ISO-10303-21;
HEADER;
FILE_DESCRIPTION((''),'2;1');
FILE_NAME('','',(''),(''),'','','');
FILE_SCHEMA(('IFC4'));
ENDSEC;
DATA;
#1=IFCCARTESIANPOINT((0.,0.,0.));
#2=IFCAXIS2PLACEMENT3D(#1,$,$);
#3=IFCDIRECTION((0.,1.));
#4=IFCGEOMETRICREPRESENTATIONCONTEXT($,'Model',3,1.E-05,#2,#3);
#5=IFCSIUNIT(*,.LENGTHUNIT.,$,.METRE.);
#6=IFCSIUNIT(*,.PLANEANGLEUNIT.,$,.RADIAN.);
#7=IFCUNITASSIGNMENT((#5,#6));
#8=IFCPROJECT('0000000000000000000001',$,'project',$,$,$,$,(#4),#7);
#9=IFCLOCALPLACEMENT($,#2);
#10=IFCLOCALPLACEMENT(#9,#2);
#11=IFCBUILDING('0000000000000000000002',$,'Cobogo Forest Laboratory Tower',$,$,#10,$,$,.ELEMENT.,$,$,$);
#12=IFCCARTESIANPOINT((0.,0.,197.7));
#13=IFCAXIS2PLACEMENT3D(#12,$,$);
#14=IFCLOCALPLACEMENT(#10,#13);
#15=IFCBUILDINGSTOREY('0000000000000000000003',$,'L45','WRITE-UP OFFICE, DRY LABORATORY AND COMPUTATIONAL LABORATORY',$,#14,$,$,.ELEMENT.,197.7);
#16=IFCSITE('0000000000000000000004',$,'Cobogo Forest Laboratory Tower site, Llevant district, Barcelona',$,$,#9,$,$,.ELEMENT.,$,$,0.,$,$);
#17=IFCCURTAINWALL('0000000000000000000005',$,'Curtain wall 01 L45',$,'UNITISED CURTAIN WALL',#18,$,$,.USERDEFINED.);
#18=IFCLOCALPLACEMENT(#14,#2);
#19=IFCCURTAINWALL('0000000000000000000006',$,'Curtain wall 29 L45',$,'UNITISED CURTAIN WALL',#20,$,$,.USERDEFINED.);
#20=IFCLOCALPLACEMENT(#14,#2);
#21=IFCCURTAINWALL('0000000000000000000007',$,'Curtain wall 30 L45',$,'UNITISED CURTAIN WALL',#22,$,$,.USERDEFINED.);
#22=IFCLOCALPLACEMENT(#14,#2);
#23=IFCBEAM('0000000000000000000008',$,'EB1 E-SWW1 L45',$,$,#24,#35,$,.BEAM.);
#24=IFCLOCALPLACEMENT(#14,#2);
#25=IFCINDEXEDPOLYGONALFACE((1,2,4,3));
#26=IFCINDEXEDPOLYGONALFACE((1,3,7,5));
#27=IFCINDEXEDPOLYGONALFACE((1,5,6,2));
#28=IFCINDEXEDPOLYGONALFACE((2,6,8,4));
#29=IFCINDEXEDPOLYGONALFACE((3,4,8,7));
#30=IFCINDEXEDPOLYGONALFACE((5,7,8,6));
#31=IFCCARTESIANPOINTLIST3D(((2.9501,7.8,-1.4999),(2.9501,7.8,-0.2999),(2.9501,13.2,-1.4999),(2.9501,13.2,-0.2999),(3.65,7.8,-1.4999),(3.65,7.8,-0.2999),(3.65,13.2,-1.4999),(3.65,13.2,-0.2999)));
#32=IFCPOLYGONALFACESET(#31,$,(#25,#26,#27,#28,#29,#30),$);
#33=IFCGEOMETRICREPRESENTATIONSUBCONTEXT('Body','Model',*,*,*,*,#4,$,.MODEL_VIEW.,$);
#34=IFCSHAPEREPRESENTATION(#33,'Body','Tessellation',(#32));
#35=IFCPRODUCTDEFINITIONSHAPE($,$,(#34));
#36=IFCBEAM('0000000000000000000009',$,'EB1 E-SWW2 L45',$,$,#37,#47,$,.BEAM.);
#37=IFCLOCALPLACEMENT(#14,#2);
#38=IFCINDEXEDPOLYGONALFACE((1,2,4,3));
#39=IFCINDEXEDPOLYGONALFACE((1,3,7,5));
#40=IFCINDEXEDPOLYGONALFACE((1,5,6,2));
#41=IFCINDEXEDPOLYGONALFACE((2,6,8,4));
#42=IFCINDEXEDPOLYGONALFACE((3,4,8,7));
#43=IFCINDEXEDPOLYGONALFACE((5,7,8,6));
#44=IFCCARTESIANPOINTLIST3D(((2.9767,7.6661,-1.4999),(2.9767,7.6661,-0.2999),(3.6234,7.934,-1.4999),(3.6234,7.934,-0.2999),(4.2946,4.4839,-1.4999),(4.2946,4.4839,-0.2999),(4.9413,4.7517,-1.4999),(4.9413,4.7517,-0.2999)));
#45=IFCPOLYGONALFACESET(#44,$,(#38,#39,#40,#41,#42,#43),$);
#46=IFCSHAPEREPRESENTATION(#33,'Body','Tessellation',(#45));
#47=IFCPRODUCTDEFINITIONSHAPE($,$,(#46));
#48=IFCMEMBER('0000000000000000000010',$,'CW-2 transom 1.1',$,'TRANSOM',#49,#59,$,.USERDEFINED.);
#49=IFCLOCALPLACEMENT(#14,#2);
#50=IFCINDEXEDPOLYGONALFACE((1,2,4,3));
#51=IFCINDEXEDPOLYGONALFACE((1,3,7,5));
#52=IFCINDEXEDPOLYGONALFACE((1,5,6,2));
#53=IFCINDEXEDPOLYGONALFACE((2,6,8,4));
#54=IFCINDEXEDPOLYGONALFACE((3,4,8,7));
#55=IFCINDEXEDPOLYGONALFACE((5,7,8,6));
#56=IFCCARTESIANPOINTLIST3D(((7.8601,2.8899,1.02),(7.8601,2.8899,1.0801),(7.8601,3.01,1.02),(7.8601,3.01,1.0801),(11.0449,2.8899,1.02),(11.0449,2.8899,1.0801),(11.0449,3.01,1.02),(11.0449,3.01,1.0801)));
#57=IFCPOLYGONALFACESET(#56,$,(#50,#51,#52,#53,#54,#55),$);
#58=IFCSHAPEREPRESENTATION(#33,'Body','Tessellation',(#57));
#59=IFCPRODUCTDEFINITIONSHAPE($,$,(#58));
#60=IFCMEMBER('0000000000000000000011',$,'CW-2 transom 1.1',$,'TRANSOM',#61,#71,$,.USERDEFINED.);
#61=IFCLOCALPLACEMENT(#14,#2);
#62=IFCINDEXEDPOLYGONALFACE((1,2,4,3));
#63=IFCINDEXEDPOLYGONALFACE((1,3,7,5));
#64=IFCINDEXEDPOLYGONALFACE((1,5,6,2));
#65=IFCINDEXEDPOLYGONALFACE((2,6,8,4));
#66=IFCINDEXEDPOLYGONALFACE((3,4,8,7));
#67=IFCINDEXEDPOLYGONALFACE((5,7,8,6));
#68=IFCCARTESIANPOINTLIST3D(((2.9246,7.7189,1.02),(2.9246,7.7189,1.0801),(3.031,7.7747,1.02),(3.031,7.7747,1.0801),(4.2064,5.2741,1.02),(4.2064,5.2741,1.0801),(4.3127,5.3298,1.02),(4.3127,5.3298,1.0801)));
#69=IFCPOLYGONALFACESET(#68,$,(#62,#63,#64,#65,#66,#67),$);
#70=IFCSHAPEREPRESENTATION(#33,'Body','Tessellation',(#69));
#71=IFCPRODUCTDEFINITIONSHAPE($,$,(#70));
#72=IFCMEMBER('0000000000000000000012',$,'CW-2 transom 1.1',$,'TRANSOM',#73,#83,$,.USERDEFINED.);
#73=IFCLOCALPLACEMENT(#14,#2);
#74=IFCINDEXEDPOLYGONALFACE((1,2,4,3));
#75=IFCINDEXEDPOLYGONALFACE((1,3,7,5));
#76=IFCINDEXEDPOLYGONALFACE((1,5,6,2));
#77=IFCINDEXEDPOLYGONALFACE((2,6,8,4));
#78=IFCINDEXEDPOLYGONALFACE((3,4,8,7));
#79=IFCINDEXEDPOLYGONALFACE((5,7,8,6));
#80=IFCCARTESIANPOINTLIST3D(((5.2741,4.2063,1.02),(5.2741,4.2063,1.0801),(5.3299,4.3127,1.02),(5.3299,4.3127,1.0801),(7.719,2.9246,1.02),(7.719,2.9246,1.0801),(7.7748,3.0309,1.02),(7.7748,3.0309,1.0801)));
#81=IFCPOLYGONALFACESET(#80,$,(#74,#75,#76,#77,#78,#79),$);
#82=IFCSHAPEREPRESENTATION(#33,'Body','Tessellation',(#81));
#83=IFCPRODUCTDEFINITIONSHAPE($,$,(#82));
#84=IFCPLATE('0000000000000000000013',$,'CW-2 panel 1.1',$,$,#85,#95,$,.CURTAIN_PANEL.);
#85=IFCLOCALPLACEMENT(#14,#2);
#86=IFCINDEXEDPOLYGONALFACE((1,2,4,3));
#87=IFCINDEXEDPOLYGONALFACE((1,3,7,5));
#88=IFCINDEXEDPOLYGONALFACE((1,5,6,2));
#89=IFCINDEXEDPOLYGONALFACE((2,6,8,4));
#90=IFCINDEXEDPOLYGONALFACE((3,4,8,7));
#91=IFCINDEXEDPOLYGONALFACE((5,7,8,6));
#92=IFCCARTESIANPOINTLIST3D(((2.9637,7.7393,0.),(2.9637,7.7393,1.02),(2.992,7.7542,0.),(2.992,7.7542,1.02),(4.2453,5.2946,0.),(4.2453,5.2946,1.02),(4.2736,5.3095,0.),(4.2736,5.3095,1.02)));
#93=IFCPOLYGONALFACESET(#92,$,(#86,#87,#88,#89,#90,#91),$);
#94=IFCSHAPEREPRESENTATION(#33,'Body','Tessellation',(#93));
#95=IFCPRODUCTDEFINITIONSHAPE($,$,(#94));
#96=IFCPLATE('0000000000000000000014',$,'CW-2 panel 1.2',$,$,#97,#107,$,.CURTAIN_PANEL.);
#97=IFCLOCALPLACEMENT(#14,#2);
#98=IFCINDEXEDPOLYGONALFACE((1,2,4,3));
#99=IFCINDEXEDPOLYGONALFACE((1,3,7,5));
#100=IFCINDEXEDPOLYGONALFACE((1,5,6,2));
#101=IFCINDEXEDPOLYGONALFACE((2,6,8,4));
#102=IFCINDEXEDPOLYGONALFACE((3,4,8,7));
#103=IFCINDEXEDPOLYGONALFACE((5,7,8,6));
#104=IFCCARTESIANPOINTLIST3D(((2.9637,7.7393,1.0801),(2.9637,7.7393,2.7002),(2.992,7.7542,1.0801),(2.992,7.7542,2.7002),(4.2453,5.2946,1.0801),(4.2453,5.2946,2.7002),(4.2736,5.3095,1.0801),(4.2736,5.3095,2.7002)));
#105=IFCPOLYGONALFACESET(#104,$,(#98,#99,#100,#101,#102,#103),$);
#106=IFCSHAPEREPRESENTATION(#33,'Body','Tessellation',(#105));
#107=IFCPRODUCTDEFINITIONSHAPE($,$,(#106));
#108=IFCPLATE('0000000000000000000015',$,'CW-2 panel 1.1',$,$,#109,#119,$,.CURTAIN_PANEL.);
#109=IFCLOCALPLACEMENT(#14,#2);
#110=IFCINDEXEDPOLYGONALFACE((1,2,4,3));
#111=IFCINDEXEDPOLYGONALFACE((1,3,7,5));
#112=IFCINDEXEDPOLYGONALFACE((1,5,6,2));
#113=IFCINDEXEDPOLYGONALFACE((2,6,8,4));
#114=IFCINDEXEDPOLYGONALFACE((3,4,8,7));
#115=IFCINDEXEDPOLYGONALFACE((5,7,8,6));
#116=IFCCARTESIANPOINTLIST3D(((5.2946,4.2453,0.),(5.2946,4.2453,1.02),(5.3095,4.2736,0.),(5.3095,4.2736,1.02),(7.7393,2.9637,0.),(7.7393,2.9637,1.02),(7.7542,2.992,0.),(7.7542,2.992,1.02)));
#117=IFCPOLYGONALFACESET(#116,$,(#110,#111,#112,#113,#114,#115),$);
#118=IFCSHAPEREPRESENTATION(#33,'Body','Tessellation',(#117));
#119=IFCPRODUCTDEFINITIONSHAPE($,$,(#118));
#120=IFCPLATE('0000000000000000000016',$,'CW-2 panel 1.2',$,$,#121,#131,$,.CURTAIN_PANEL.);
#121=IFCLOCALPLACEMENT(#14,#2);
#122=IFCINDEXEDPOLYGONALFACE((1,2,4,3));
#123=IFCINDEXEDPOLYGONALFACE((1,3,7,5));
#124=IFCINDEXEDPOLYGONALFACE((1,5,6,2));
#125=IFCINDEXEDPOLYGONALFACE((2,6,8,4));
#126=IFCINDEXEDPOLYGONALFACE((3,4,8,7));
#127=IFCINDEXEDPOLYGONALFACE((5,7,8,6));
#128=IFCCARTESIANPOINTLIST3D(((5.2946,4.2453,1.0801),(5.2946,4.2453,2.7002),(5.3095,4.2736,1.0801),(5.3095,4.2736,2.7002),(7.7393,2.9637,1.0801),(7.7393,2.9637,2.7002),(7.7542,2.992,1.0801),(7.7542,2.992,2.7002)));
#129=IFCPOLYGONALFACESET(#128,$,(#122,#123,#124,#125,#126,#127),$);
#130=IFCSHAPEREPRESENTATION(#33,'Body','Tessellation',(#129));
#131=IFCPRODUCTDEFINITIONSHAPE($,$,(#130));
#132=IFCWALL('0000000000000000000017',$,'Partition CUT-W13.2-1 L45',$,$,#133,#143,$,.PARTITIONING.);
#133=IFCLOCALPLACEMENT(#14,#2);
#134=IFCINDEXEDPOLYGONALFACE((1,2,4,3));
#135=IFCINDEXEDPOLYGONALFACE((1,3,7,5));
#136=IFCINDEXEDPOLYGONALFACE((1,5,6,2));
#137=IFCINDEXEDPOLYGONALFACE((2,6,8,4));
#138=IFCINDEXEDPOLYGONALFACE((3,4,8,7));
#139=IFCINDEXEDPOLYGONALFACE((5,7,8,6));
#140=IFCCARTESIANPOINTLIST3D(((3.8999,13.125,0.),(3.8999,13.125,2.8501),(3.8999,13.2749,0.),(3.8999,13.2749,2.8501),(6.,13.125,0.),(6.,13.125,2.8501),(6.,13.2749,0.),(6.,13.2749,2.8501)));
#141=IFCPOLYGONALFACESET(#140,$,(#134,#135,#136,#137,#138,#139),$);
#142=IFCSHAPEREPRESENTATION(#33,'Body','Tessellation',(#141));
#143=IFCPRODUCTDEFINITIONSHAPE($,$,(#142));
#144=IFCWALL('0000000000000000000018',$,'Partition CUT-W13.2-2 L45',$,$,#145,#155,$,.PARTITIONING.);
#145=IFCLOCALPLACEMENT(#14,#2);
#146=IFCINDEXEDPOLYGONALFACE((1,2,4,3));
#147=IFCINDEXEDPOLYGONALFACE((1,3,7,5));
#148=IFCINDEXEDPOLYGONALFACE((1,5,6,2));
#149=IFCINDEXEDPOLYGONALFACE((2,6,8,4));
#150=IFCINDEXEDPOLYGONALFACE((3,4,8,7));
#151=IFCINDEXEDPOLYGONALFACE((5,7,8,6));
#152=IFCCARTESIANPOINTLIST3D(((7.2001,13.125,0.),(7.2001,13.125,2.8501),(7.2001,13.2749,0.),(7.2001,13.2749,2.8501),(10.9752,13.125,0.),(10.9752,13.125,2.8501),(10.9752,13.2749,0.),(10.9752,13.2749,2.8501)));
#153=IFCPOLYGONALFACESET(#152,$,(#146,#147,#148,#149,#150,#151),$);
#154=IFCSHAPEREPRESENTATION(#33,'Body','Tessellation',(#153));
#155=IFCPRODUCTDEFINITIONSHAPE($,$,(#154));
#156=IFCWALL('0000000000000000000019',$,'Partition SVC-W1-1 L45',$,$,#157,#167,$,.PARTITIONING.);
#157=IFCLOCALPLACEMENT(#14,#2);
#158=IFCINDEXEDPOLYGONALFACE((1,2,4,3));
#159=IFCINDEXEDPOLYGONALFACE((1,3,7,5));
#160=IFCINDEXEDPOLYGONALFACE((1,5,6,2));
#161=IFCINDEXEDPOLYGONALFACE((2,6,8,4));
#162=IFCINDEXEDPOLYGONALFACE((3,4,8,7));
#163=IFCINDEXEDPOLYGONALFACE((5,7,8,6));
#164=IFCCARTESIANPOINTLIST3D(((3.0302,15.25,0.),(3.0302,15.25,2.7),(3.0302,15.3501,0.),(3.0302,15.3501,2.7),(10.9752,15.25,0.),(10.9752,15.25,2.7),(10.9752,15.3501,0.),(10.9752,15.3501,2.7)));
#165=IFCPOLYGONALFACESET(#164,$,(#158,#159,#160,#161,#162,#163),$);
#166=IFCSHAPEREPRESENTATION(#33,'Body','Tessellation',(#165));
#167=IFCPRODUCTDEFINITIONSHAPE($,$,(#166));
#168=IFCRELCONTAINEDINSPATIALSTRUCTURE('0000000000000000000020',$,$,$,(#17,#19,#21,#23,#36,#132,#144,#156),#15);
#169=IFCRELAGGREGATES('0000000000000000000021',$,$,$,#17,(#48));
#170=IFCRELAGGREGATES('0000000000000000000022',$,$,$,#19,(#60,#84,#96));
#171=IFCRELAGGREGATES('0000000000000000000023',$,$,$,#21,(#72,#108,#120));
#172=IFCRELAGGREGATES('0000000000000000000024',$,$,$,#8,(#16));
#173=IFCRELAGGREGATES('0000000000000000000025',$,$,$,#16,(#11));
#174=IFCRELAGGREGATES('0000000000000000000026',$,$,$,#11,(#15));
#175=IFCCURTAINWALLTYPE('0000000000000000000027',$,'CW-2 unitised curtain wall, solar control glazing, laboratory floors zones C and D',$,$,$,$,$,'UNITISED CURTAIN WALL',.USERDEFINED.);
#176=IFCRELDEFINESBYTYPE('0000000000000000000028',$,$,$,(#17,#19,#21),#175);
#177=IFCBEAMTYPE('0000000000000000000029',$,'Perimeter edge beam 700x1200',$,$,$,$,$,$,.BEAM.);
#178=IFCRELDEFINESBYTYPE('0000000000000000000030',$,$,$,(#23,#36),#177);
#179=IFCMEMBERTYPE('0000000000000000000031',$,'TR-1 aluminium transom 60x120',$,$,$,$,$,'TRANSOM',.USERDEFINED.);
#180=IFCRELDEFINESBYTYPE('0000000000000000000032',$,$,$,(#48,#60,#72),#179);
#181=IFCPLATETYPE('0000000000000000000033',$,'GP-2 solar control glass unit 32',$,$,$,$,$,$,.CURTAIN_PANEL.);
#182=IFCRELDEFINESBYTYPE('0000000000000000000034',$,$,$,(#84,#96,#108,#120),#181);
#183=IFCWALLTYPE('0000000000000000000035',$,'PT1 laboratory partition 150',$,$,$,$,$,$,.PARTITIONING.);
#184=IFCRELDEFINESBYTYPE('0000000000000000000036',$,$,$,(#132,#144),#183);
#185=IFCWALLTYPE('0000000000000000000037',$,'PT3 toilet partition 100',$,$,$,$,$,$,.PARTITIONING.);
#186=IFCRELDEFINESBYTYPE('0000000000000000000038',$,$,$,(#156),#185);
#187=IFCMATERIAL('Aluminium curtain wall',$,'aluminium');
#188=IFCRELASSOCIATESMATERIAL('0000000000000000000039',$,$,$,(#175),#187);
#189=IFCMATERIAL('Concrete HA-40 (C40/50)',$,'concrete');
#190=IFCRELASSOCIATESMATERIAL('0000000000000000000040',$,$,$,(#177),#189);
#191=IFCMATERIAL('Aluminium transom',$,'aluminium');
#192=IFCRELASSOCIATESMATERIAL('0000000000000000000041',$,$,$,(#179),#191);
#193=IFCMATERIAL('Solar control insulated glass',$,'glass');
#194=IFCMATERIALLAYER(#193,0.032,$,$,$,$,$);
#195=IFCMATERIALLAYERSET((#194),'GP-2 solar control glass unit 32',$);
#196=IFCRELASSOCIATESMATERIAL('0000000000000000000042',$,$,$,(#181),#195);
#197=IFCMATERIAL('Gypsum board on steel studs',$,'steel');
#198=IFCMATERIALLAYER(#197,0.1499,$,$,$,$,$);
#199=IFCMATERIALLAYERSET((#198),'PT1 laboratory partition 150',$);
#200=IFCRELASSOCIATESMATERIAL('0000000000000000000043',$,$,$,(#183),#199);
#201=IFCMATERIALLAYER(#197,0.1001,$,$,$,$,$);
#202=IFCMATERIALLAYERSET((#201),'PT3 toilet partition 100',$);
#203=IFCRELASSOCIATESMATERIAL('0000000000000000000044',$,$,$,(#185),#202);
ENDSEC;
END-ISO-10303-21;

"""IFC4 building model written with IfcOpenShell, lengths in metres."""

from ifc_helpers import new_model, si_unit, direction, frame, frame_2d, origin, origin_2d, place, context, subcontext, project, spatial, rectangle, extrude, material, layer, layer_set, material_profile, profile_set, type_object, element, aggregate, save


model = new_model("IFC4")

# Units and contexts
model_context = context("Model", 3, precision=1e-05, world=origin(), true_north=direction((0.0, 1.0)))
body_context = subcontext(model_context, "Body", "Model", "MODEL_VIEW")
ifc_project = project(units=[si_unit("LENGTHUNIT", "METRE"), si_unit("PLANEANGLEUNIT", "RADIAN")], contexts=[model_context])

# Site, building, storey
site_placement = place(None, origin())
site = spatial("IfcSite", under=ifc_project, at=site_placement, Name="Cobogo Forest Laboratory Tower site, Llevant district, Barcelona", CompositionType="ELEMENT", RefElevation=0.0)
building_placement = place(site_placement, origin())
building = spatial("IfcBuilding", under=site, at=building_placement, Name="Cobogo Forest Laboratory Tower", CompositionType="ELEMENT")
storey_placement = place(building_placement, frame((0.0, 0.0, 197.7)))
storey = spatial("IfcBuildingStorey", under=building, at=storey_placement, Name="L45", Description="WRITE-UP OFFICE, DRY LABORATORY AND COMPUTATIONAL LABORATORY", CompositionType="ELEMENT", Elevation=197.7)

# Shared definitions
ifc_material_1 = material(Name="Concrete HA-40 (C40/50)", Category="concrete")

# Curtain wall
ifc_material_2 = material(Name="Aluminium curtain wall", Category="aluminium")
curtain_wall_type = type_object("IfcCurtainWallType", Name="CW-2 unitised curtain wall, solar control glazing, laboratory floors zones C and D", ElementType="UNITISED CURTAIN WALL", PredefinedType="USERDEFINED", material=ifc_material_2)
curtain_wall_1_placement = place(storey_placement, origin())
curtain_wall_1 = element("IfcCurtainWall", 1, at=curtain_wall_1_placement, inside=storey, type_object=curtain_wall_type, Name="Curtain wall 01 L45", ObjectType="UNITISED CURTAIN WALL", PredefinedType="USERDEFINED")

# Curtain walls
curtain_wall_2_placement = place(storey_placement, origin())
curtain_wall_2 = element("IfcCurtainWall", 2, at=curtain_wall_2_placement, inside=storey, type_object=curtain_wall_type, Name="Curtain wall 29 L45", ObjectType="UNITISED CURTAIN WALL", PredefinedType="USERDEFINED")
curtain_wall_3_placement = place(storey_placement, origin())
curtain_wall_3 = element("IfcCurtainWall", 3, at=curtain_wall_3_placement, inside=storey, type_object=curtain_wall_type, Name="Curtain wall 30 L45", ObjectType="UNITISED CURTAIN WALL", PredefinedType="USERDEFINED")

# Beams
ifc_material_profile_1 = material_profile(ifc_material_1, rectangle(XDim=0.7, YDim=1.2, at=origin_2d()), Name="RC 700x1200")
ifc_profile_set_1 = profile_set([ifc_material_profile_1], Name="Concrete HA-40 (C40/50)")
beam_type_1 = type_object("IfcBeamType", Name="Perimeter edge beam 700x1200", PredefinedType="BEAM", material=ifc_profile_set_1)
beam_1_placement = place(storey_placement, frame((3.3, 13.2, -0.8999), z_axis=(0.0, -1.0, 0.0), x_axis=(1.0, 0.0, 0.0)))
element("IfcBeam", 4, at=beam_1_placement, inside=storey, type_object=beam_type_1, Name="EB1 E-SWW1 L45", PredefinedType="BEAM", context=body_context, shape_type="SweptSolid", body=[
    extrude(rectangle(XDim=0.7, YDim=1.2, at=origin_2d()), origin(), (0.0, 0.0, 1.0), 5.3999),
])
beam_2_placement = place(storey_placement, frame((3.3, 7.8, -0.8999), z_axis=(0.382631, -0.923901, 0.0), x_axis=(0.923901, 0.382631, 0.0)))
element("IfcBeam", 5, at=beam_2_placement, inside=storey, type_object=beam_type_1, Name="EB1 E-SWW2 L45", PredefinedType="BEAM", context=body_context, shape_type="SweptSolid", body=[
    extrude(rectangle(XDim=0.7, YDim=1.2, at=origin_2d()), origin(), (0.0, 0.0, 1.0), 3.4443),
])

# Members
ifc_material_3 = material(Name="Aluminium transom", Category="aluminium")
ifc_material_profile_2 = material_profile(ifc_material_3, rectangle(XDim=0.1201, YDim=0.0601, at=origin_2d()), Name="AL 60x120")
ifc_profile_set_2 = profile_set([ifc_material_profile_2], Name="Aluminium transom")
member_type_1 = type_object("IfcMemberType", Name="TR-1 aluminium transom 60x120", ElementType="TRANSOM", PredefinedType="USERDEFINED", material=ifc_profile_set_2)
member_1_placement = place(storey_placement, frame((7.8601, 2.95, 1.05), z_axis=(1.0, 0.0, 0.0), x_axis=(0.0, 1.0, 0.0)))
member_1 = element("IfcMember", 6, at=member_1_placement, type_object=member_type_1, Name="CW-2 transom 1.1", ObjectType="TRANSOM", PredefinedType="USERDEFINED", context=body_context, shape_type="SweptSolid", body=[
    extrude(rectangle(XDim=0.1201, YDim=0.0601, at=origin_2d()), origin(), (0.0, 0.0, 1.0), 3.1848),
])
aggregate(curtain_wall_1, [member_1])
member_2_placement = place(storey_placement, frame((2.9778, 7.7468, 1.05), z_axis=(0.464324, -0.885665, 0.0), x_axis=(0.885665, 0.464324, 0.0)))
member_2 = element("IfcMember", 7, at=member_2_placement, type_object=member_type_1, Name="CW-2 transom 1.1", ObjectType="TRANSOM", PredefinedType="USERDEFINED", context=body_context, shape_type="SweptSolid", body=[
    extrude(rectangle(XDim=0.1201, YDim=0.0601, at=origin_2d()), origin(), (0.0, 0.0, 1.0), 2.7605),
])
member_3_placement = place(storey_placement, frame((5.302, 4.2595, 1.05), z_axis=(0.885665, -0.464324, 0.0), x_axis=(0.464324, 0.885665, 0.0)))
member_3 = element("IfcMember", 8, at=member_3_placement, type_object=member_type_1, Name="CW-2 transom 1.1", ObjectType="TRANSOM", PredefinedType="USERDEFINED", context=body_context, shape_type="SweptSolid", body=[
    extrude(rectangle(XDim=0.1201, YDim=0.0601, at=origin_2d()), origin(), (0.0, 0.0, 1.0), 2.7605),
])

# Plates
ifc_material_4 = material(Name="Solar control insulated glass", Category="glass")
ifc_layer_1 = layer(ifc_material_4, 0.032)
ifc_layer_set_1 = layer_set([ifc_layer_1], Name="GP-2 solar control glass unit 32")
plate_type = type_object("IfcPlateType", Name="GP-2 solar control glass unit 32", PredefinedType="CURTAIN_PANEL", material=ifc_layer_set_1)
plate_1_placement = place(storey_placement, frame((3.6187, 6.5244, 0.0), z_axis=(0.0, 0.0, 1.0), x_axis=(0.464284, -0.885686, 0.0)))
plate_1 = element("IfcPlate", 9, at=plate_1_placement, type_object=plate_type, Name="CW-2 panel 1.1", PredefinedType="CURTAIN_PANEL", context=body_context, shape_type="SweptSolid", body=[
    extrude(rectangle(XDim=2.7603, YDim=0.032, at=origin_2d()), origin(), (0.0, 0.0, 1.0), 1.02),
])
plate_2_placement = place(storey_placement, frame((3.6187, 6.5244, 1.0801), z_axis=(0.0, 0.0, 1.0), x_axis=(0.464284, -0.885686, 0.0)))
plate_2 = element("IfcPlate", 10, at=plate_2_placement, type_object=plate_type, Name="CW-2 panel 1.2", PredefinedType="CURTAIN_PANEL", context=body_context, shape_type="SweptSolid", body=[
    extrude(rectangle(XDim=2.7603, YDim=0.032, at=origin_2d()), origin(), (0.0, 0.0, 1.0), 1.6201),
])
aggregate(curtain_wall_2, [member_2, plate_1, plate_2])
plate_3_placement = place(storey_placement, frame((6.5244, 3.6187, 0.0), z_axis=(0.0, 0.0, 1.0), x_axis=(0.885686, -0.464284, 0.0)))
plate_3 = element("IfcPlate", 11, at=plate_3_placement, type_object=plate_type, Name="CW-2 panel 1.1", PredefinedType="CURTAIN_PANEL", context=body_context, shape_type="SweptSolid", body=[
    extrude(rectangle(XDim=2.7603, YDim=0.032, at=origin_2d()), origin(), (0.0, 0.0, 1.0), 1.02),
])
plate_4_placement = place(storey_placement, frame((6.5244, 3.6187, 1.0801), z_axis=(0.0, 0.0, 1.0), x_axis=(0.885686, -0.464284, 0.0)))
plate_4 = element("IfcPlate", 12, at=plate_4_placement, type_object=plate_type, Name="CW-2 panel 1.2", PredefinedType="CURTAIN_PANEL", context=body_context, shape_type="SweptSolid", body=[
    extrude(rectangle(XDim=2.7603, YDim=0.032, at=origin_2d()), origin(), (0.0, 0.0, 1.0), 1.6201),
])
aggregate(curtain_wall_3, [member_3, plate_3, plate_4])

# Walls
ifc_material_5 = material(Name="Gypsum board on steel studs", Category="steel")
ifc_layer_2 = layer(ifc_material_5, 0.1499)
ifc_layer_set_2 = layer_set([ifc_layer_2], Name="PT1 laboratory partition 150")
wall_type_1 = type_object("IfcWallType", Name="PT1 laboratory partition 150", PredefinedType="PARTITIONING", material=ifc_layer_set_2)
wall_1_placement = place(storey_placement, frame((3.8999, 13.2, 0.0), z_axis=(0.0, 0.0, 1.0), x_axis=(1.0, 0.0, 0.0)))
element("IfcWall", 13, at=wall_1_placement, inside=storey, type_object=wall_type_1, Name="Partition CUT-W13.2-1 L45", PredefinedType="PARTITIONING", context=body_context, shape_type="SweptSolid", body=[
    extrude(rectangle(XDim=2.1001, YDim=0.1499, at=frame_2d((1.05, 0.0))), origin(), (0.0, 0.0, 1.0), 2.8501),
])
wall_2_placement = place(storey_placement, frame((7.2, 13.2, 0.0), z_axis=(0.0, 0.0, 1.0), x_axis=(1.0, 0.0, 0.0)))
element("IfcWall", 14, at=wall_2_placement, inside=storey, type_object=wall_type_1, Name="Partition CUT-W13.2-2 L45", PredefinedType="PARTITIONING", context=body_context, shape_type="SweptSolid", body=[
    extrude(rectangle(XDim=3.7751, YDim=0.1499, at=frame_2d((1.8877, 0.0))), origin(), (0.0, 0.0, 1.0), 2.8501),
])
ifc_layer_3 = layer(ifc_material_5, 0.1001)
ifc_layer_set_3 = layer_set([ifc_layer_3], Name="PT3 toilet partition 100")
wall_type_2 = type_object("IfcWallType", Name="PT3 toilet partition 100", PredefinedType="PARTITIONING", material=ifc_layer_set_3)
wall_3_placement = place(storey_placement, frame((3.03, 15.3, 0.0), z_axis=(0.0, 0.0, 1.0), x_axis=(1.0, 0.0, 0.0)))
element("IfcWall", 15, at=wall_3_placement, inside=storey, type_object=wall_type_2, Name="Partition SVC-W1-1 L45", PredefinedType="PARTITIONING", context=body_context, shape_type="SweptSolid", body=[
    extrude(rectangle(XDim=7.9451, YDim=0.1001, at=frame_2d((3.9727, 0.0))), origin(), (0.0, 0.0, 1.0), 2.7),
])

save(model, "model.ifc")
